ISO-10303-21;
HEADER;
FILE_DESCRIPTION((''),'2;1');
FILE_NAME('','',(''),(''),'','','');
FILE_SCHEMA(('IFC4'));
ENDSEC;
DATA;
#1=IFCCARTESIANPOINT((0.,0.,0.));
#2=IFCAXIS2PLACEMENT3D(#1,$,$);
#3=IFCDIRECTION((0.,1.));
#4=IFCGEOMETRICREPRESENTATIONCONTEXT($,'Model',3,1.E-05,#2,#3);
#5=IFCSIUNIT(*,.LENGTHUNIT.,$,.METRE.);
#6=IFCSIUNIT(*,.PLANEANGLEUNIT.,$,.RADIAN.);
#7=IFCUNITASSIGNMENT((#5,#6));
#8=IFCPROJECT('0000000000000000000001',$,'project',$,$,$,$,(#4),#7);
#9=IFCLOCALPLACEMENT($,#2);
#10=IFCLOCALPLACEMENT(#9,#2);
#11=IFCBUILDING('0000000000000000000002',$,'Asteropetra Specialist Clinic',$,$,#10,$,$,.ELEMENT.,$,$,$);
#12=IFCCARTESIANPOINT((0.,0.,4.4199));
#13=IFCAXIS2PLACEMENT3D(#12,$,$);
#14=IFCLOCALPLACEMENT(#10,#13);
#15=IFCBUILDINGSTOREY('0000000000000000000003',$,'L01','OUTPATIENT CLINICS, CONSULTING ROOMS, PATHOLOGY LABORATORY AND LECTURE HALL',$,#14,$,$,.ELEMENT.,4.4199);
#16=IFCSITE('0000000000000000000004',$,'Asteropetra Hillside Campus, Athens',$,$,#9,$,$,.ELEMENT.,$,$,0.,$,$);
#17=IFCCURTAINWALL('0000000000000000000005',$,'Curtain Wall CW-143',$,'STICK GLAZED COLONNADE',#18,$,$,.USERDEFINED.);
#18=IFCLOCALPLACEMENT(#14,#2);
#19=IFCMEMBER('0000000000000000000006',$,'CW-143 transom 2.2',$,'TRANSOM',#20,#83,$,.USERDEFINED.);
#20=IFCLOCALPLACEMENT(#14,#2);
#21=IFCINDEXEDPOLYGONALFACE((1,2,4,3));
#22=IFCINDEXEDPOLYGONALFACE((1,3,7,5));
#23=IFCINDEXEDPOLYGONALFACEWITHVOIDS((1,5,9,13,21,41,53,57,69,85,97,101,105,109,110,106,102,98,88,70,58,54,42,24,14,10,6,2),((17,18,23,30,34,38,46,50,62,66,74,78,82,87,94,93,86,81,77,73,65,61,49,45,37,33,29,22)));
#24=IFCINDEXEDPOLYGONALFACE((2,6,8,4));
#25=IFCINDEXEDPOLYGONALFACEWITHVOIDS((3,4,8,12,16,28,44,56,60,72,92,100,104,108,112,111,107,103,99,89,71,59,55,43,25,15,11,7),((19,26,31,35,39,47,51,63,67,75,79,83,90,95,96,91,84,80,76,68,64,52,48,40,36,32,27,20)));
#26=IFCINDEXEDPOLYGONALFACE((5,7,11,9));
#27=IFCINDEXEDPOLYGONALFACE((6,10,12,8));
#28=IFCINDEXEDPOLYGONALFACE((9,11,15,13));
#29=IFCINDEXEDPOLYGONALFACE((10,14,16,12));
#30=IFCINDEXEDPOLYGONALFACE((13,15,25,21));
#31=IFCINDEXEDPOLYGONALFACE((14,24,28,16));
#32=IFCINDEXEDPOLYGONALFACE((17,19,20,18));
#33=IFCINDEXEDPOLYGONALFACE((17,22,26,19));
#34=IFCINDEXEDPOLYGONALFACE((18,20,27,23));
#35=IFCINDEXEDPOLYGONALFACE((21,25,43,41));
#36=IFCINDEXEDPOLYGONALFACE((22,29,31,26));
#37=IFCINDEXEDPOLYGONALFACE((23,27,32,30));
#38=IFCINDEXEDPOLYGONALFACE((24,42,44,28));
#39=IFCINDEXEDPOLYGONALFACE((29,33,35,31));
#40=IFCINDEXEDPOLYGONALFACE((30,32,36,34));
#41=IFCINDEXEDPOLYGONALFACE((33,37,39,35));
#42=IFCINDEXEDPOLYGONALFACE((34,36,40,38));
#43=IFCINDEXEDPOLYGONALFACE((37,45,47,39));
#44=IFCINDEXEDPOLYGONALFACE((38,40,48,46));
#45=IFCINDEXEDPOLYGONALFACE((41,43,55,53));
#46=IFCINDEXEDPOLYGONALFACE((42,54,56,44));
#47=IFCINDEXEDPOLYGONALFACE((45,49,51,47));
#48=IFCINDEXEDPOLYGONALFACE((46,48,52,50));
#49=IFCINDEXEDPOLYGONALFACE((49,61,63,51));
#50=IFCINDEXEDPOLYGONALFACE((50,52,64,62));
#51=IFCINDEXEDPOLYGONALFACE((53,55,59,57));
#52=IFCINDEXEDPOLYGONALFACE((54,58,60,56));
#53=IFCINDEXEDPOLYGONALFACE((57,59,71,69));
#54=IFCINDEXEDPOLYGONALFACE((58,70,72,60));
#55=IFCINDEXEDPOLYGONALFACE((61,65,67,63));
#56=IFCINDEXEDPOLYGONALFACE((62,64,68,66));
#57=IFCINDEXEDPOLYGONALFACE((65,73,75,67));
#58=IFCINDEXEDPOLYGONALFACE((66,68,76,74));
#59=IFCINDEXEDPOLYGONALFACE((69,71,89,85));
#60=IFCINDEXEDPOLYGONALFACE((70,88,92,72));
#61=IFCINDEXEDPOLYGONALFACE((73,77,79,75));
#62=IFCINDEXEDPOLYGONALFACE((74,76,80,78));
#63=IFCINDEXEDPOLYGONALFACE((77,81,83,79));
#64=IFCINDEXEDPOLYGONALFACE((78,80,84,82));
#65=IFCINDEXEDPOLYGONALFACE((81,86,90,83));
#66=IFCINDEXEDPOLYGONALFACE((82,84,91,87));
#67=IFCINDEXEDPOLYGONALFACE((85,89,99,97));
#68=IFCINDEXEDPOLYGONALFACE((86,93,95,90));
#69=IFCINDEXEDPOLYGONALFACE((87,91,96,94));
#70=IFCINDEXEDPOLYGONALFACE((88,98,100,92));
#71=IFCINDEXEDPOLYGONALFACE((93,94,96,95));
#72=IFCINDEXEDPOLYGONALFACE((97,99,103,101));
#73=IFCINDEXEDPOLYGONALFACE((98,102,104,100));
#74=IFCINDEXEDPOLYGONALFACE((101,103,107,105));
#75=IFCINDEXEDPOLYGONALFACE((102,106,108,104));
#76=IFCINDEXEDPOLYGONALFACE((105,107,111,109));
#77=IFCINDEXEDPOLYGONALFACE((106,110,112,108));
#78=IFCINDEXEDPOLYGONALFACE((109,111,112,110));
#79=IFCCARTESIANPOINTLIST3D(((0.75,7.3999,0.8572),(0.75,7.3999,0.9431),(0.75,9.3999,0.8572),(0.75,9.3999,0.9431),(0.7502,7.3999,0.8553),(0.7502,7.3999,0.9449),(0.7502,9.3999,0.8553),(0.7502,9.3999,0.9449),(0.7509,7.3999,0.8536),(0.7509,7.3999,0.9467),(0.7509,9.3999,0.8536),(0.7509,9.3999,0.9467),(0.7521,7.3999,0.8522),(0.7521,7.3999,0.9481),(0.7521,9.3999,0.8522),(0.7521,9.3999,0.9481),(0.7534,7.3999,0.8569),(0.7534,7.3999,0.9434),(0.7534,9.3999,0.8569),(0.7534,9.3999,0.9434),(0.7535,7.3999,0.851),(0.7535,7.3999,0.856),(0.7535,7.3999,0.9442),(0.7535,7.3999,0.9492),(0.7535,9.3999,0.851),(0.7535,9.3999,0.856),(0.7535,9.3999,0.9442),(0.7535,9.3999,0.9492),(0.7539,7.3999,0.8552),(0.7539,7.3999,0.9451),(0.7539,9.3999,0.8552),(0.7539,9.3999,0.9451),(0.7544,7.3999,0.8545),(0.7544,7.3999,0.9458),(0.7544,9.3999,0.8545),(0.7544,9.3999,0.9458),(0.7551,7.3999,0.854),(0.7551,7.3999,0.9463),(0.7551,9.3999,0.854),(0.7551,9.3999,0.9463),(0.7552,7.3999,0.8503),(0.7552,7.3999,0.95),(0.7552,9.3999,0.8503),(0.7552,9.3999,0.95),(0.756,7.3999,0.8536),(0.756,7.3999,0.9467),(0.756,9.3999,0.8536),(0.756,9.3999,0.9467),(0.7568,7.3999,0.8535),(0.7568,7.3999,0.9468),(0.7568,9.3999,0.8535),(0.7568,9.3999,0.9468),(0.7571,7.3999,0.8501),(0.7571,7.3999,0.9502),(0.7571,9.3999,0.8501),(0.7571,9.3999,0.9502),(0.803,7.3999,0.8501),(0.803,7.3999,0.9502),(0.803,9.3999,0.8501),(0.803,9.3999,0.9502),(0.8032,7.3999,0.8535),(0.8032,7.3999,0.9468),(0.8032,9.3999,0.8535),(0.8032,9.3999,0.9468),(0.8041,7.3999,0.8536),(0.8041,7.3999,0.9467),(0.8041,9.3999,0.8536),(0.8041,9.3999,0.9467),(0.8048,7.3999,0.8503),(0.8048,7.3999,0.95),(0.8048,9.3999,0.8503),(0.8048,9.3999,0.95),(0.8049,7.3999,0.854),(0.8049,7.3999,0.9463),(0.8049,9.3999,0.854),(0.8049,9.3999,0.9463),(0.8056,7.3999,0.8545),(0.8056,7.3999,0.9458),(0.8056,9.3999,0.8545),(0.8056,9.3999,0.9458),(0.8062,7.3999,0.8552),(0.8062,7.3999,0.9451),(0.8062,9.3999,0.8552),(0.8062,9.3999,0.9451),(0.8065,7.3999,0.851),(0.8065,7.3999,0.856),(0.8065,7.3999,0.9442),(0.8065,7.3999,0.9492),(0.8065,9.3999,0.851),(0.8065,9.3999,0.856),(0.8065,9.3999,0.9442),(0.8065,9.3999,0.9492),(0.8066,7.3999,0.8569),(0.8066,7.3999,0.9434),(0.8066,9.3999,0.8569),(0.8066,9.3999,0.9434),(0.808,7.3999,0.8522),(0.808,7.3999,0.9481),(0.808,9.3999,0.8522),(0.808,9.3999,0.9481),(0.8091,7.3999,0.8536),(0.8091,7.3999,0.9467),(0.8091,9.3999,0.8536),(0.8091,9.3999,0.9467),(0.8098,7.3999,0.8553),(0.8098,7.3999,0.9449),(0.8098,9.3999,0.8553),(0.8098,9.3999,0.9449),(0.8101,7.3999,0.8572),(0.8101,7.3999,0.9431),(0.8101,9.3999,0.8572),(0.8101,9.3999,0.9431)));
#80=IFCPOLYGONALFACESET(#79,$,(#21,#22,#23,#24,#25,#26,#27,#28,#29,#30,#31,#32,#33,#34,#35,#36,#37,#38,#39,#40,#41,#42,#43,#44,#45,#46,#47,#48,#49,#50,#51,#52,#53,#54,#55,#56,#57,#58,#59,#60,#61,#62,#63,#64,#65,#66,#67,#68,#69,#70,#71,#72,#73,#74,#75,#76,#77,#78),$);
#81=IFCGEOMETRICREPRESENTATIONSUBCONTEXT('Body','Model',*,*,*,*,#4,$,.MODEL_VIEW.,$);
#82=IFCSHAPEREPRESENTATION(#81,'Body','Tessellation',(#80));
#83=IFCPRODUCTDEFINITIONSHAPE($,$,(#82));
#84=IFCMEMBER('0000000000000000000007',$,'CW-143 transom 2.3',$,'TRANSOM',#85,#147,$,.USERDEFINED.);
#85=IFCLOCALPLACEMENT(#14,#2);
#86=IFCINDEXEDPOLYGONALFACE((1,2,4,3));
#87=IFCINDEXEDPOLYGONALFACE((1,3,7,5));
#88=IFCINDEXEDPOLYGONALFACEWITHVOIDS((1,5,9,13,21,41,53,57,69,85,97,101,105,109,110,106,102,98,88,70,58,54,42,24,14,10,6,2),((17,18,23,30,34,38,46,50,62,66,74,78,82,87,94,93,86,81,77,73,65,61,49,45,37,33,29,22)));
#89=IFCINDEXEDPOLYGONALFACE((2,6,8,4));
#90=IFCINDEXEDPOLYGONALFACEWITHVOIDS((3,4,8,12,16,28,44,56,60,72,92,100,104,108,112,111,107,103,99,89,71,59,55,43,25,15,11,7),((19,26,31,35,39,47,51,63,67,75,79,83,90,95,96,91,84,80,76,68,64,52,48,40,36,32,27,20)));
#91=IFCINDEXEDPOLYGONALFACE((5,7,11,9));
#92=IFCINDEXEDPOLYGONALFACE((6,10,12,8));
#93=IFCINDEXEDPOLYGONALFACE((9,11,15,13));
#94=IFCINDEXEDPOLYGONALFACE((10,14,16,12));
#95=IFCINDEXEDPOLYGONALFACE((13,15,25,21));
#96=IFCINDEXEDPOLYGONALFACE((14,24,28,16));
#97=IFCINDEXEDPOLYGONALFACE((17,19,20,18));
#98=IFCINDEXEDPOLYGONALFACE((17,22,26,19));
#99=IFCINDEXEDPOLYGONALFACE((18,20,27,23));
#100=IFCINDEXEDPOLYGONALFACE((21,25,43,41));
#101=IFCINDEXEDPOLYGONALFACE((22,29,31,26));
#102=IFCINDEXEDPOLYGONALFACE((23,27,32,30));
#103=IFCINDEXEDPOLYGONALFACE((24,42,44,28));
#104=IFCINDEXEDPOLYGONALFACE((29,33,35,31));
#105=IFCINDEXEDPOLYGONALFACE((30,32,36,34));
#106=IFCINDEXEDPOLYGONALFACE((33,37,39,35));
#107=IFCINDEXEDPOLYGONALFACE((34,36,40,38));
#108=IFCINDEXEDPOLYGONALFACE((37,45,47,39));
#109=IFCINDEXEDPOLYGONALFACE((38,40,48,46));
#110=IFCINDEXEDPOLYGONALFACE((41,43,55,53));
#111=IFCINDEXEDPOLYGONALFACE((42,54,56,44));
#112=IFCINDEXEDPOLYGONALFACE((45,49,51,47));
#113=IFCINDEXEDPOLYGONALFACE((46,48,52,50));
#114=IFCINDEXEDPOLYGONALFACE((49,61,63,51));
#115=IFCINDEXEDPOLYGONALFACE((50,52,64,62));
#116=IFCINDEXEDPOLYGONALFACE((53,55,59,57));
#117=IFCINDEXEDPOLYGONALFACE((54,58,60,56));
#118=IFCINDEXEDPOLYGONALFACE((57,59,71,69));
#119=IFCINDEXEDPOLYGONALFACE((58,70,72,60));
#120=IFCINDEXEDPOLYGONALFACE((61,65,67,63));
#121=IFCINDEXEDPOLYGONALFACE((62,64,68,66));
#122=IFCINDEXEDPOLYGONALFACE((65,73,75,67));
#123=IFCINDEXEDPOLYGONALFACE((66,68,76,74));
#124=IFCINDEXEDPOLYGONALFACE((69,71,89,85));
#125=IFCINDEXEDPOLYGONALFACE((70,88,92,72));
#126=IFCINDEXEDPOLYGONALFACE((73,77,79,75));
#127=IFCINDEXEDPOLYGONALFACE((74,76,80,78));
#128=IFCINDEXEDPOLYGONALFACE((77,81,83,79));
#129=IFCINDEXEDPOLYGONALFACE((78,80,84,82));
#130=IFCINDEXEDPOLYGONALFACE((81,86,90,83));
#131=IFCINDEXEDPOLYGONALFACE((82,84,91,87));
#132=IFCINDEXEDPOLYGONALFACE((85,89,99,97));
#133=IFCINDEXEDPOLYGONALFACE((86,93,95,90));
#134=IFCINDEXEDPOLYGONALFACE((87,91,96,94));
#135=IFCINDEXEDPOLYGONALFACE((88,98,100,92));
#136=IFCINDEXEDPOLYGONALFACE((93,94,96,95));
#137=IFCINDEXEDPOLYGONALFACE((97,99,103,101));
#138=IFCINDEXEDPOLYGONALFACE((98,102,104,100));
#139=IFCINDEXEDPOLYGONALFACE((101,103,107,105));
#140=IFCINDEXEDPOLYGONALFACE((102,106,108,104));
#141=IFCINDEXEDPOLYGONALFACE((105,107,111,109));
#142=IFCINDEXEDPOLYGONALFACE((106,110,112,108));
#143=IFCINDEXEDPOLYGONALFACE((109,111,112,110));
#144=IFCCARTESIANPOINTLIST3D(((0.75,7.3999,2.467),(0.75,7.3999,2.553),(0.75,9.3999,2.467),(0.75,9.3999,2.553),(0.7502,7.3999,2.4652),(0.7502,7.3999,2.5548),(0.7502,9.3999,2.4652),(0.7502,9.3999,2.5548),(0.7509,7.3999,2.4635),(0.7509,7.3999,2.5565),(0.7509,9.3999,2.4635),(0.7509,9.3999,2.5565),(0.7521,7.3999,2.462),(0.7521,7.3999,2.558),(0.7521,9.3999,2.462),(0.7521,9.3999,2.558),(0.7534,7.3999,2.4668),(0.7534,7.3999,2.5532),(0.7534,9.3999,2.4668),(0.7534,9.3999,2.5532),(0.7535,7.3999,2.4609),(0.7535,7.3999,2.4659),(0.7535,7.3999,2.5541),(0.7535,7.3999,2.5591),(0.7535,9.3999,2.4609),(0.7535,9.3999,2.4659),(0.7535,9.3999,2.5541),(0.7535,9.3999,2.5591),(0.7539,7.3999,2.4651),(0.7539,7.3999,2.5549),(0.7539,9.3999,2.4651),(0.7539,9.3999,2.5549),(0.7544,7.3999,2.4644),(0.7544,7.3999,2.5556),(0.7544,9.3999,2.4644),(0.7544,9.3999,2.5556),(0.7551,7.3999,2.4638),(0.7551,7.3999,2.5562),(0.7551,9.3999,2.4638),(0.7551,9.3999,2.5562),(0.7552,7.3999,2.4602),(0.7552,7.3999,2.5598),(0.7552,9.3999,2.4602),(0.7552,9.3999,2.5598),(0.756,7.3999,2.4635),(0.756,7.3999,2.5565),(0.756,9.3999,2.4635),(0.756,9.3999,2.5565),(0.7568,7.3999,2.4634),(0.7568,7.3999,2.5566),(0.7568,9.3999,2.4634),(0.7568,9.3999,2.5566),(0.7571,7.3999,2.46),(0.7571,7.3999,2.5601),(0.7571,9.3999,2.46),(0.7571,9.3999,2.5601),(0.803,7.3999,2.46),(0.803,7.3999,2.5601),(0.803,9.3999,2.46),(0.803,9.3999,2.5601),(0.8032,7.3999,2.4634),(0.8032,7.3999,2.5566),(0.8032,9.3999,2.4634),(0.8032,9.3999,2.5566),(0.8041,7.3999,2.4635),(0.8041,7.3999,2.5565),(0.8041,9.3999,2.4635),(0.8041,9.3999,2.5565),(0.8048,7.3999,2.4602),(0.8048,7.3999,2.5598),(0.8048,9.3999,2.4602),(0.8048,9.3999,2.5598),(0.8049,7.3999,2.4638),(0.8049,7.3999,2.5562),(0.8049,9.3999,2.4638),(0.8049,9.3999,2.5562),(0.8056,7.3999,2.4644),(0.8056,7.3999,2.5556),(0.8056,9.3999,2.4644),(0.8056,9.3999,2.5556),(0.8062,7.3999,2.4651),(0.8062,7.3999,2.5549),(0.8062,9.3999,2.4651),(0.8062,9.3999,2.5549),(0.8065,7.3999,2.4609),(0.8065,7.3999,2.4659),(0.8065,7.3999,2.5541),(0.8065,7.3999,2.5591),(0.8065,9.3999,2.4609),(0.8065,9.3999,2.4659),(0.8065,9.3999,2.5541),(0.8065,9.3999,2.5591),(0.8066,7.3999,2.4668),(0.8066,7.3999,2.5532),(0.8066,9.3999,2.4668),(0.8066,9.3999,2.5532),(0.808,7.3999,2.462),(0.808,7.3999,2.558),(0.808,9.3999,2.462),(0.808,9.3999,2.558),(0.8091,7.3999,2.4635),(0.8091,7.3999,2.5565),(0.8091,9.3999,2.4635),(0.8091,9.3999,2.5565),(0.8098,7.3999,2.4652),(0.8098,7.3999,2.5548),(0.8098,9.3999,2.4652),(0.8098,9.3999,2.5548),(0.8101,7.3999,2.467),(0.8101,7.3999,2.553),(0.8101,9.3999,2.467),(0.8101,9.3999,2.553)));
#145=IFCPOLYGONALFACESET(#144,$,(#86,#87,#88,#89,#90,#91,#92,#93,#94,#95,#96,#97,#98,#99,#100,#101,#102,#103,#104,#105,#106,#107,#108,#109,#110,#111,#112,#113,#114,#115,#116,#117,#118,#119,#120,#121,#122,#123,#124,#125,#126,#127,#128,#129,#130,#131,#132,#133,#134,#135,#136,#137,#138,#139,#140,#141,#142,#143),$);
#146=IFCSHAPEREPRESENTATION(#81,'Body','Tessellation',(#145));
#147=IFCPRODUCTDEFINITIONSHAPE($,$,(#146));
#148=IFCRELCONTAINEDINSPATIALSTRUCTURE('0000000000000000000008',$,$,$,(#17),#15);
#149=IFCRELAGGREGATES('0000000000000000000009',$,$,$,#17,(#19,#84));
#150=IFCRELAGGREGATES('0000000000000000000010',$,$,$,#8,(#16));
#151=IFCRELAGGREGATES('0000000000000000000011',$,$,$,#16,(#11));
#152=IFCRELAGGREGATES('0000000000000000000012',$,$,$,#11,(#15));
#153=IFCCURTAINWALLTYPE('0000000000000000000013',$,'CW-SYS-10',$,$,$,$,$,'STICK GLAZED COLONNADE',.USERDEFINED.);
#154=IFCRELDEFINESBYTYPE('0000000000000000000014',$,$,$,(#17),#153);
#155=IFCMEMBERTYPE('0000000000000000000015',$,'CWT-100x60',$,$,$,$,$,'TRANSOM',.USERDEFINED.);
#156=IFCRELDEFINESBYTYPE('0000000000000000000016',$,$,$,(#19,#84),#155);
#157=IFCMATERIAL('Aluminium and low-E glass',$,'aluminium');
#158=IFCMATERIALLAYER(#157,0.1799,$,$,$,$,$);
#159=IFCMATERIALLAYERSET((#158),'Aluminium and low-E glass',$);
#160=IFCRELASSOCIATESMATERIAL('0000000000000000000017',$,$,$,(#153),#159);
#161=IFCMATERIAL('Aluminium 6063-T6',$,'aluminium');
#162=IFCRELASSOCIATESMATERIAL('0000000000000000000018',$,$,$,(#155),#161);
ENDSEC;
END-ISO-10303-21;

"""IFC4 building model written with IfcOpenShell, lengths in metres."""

from ifc_helpers import new_model, si_unit, direction, frame, origin, origin_2d, place, context, subcontext, project, spatial, hollow_rectangle, extrude, material, layer, layer_set, material_profile, profile_set, type_object, element, aggregate, save


model = new_model("IFC4")

# Units and contexts
model_context = context("Model", 3, precision=1e-05, world=origin(), true_north=direction((0.0, 1.0)))
body_context = subcontext(model_context, "Body", "Model", "MODEL_VIEW")
ifc_project = project(units=[si_unit("LENGTHUNIT", "METRE"), si_unit("PLANEANGLEUNIT", "RADIAN")], contexts=[model_context])

# Site, building, storey
site_placement = place(None, origin())
site = spatial("IfcSite", under=ifc_project, at=site_placement, Name="Asteropetra Hillside Campus, Athens", CompositionType="ELEMENT", RefElevation=0.0)
building_placement = place(site_placement, origin())
building = spatial("IfcBuilding", under=site, at=building_placement, Name="Asteropetra Specialist Clinic", CompositionType="ELEMENT")
storey_placement = place(building_placement, frame((0.0, 0.0, 4.4199)))
storey = spatial("IfcBuildingStorey", under=building, at=storey_placement, Name="L01", Description="OUTPATIENT CLINICS, CONSULTING ROOMS, PATHOLOGY LABORATORY AND LECTURE HALL", CompositionType="ELEMENT", Elevation=4.4199)

# Curtain wall, members
ifc_material_1 = material(Name="Aluminium and low-E glass", Category="aluminium")
ifc_layer_1 = layer(ifc_material_1, 0.1799)
ifc_layer_set_1 = layer_set([ifc_layer_1], Name="Aluminium and low-E glass")
curtain_wall_type = type_object("IfcCurtainWallType", Name="CW-SYS-10", ElementType="STICK GLAZED COLONNADE", PredefinedType="USERDEFINED", material=ifc_layer_set_1)
curtain_wall_placement = place(storey_placement, origin())
curtain_wall = element("IfcCurtainWall", 1, at=curtain_wall_placement, inside=storey, type_object=curtain_wall_type, Name="Curtain Wall CW-143", ObjectType="STICK GLAZED COLONNADE", PredefinedType="USERDEFINED")
ifc_material_2 = material(Name="Aluminium 6063-T6", Category="aluminium")
ifc_material_profile_1 = material_profile(ifc_material_2, hollow_rectangle(XDim=0.0601, YDim=0.1001, WallThickness=0.0034, InnerFilletRadius=0.0034, OuterFilletRadius=0.0071, at=origin_2d()), Name="TRN 100x60x3.5")
ifc_profile_set_1 = profile_set([ifc_material_profile_1], Name="Aluminium 6063-T6")
member_type_1 = type_object("IfcMemberType", Name="CWT-100x60", ElementType="TRANSOM", PredefinedType="USERDEFINED", material=ifc_profile_set_1)
member_1_placement = place(storey_placement, frame((0.78, 9.3999, 0.9001), z_axis=(0.0, -1.0, 0.0), x_axis=(1.0, 0.0, 0.0)))
member_1 = element("IfcMember", 2, at=member_1_placement, type_object=member_type_1, Name="CW-143 transom 2.2", ObjectType="TRANSOM", PredefinedType="USERDEFINED", context=body_context, shape_type="SweptSolid", body=[
    extrude(hollow_rectangle(XDim=0.0601, YDim=0.1001, WallThickness=0.0034, InnerFilletRadius=0.0034, OuterFilletRadius=0.0071, at=origin_2d()), origin(), (0.0, 0.0, 1.0), 2.0),
])
member_2_placement = place(storey_placement, frame((0.78, 9.3999, 2.51), z_axis=(0.0, -1.0, 0.0), x_axis=(1.0, 0.0, 0.0)))
member_2 = element("IfcMember", 3, at=member_2_placement, type_object=member_type_1, Name="CW-143 transom 2.3", ObjectType="TRANSOM", PredefinedType="USERDEFINED", context=body_context, shape_type="SweptSolid", body=[
    extrude(hollow_rectangle(XDim=0.0601, YDim=0.1001, WallThickness=0.0034, InnerFilletRadius=0.0034, OuterFilletRadius=0.0071, at=origin_2d()), origin(), (0.0, 0.0, 1.0), 2.0),
])

aggregate(curtain_wall, [member_1, member_2])

save(model, "model.ifc")
